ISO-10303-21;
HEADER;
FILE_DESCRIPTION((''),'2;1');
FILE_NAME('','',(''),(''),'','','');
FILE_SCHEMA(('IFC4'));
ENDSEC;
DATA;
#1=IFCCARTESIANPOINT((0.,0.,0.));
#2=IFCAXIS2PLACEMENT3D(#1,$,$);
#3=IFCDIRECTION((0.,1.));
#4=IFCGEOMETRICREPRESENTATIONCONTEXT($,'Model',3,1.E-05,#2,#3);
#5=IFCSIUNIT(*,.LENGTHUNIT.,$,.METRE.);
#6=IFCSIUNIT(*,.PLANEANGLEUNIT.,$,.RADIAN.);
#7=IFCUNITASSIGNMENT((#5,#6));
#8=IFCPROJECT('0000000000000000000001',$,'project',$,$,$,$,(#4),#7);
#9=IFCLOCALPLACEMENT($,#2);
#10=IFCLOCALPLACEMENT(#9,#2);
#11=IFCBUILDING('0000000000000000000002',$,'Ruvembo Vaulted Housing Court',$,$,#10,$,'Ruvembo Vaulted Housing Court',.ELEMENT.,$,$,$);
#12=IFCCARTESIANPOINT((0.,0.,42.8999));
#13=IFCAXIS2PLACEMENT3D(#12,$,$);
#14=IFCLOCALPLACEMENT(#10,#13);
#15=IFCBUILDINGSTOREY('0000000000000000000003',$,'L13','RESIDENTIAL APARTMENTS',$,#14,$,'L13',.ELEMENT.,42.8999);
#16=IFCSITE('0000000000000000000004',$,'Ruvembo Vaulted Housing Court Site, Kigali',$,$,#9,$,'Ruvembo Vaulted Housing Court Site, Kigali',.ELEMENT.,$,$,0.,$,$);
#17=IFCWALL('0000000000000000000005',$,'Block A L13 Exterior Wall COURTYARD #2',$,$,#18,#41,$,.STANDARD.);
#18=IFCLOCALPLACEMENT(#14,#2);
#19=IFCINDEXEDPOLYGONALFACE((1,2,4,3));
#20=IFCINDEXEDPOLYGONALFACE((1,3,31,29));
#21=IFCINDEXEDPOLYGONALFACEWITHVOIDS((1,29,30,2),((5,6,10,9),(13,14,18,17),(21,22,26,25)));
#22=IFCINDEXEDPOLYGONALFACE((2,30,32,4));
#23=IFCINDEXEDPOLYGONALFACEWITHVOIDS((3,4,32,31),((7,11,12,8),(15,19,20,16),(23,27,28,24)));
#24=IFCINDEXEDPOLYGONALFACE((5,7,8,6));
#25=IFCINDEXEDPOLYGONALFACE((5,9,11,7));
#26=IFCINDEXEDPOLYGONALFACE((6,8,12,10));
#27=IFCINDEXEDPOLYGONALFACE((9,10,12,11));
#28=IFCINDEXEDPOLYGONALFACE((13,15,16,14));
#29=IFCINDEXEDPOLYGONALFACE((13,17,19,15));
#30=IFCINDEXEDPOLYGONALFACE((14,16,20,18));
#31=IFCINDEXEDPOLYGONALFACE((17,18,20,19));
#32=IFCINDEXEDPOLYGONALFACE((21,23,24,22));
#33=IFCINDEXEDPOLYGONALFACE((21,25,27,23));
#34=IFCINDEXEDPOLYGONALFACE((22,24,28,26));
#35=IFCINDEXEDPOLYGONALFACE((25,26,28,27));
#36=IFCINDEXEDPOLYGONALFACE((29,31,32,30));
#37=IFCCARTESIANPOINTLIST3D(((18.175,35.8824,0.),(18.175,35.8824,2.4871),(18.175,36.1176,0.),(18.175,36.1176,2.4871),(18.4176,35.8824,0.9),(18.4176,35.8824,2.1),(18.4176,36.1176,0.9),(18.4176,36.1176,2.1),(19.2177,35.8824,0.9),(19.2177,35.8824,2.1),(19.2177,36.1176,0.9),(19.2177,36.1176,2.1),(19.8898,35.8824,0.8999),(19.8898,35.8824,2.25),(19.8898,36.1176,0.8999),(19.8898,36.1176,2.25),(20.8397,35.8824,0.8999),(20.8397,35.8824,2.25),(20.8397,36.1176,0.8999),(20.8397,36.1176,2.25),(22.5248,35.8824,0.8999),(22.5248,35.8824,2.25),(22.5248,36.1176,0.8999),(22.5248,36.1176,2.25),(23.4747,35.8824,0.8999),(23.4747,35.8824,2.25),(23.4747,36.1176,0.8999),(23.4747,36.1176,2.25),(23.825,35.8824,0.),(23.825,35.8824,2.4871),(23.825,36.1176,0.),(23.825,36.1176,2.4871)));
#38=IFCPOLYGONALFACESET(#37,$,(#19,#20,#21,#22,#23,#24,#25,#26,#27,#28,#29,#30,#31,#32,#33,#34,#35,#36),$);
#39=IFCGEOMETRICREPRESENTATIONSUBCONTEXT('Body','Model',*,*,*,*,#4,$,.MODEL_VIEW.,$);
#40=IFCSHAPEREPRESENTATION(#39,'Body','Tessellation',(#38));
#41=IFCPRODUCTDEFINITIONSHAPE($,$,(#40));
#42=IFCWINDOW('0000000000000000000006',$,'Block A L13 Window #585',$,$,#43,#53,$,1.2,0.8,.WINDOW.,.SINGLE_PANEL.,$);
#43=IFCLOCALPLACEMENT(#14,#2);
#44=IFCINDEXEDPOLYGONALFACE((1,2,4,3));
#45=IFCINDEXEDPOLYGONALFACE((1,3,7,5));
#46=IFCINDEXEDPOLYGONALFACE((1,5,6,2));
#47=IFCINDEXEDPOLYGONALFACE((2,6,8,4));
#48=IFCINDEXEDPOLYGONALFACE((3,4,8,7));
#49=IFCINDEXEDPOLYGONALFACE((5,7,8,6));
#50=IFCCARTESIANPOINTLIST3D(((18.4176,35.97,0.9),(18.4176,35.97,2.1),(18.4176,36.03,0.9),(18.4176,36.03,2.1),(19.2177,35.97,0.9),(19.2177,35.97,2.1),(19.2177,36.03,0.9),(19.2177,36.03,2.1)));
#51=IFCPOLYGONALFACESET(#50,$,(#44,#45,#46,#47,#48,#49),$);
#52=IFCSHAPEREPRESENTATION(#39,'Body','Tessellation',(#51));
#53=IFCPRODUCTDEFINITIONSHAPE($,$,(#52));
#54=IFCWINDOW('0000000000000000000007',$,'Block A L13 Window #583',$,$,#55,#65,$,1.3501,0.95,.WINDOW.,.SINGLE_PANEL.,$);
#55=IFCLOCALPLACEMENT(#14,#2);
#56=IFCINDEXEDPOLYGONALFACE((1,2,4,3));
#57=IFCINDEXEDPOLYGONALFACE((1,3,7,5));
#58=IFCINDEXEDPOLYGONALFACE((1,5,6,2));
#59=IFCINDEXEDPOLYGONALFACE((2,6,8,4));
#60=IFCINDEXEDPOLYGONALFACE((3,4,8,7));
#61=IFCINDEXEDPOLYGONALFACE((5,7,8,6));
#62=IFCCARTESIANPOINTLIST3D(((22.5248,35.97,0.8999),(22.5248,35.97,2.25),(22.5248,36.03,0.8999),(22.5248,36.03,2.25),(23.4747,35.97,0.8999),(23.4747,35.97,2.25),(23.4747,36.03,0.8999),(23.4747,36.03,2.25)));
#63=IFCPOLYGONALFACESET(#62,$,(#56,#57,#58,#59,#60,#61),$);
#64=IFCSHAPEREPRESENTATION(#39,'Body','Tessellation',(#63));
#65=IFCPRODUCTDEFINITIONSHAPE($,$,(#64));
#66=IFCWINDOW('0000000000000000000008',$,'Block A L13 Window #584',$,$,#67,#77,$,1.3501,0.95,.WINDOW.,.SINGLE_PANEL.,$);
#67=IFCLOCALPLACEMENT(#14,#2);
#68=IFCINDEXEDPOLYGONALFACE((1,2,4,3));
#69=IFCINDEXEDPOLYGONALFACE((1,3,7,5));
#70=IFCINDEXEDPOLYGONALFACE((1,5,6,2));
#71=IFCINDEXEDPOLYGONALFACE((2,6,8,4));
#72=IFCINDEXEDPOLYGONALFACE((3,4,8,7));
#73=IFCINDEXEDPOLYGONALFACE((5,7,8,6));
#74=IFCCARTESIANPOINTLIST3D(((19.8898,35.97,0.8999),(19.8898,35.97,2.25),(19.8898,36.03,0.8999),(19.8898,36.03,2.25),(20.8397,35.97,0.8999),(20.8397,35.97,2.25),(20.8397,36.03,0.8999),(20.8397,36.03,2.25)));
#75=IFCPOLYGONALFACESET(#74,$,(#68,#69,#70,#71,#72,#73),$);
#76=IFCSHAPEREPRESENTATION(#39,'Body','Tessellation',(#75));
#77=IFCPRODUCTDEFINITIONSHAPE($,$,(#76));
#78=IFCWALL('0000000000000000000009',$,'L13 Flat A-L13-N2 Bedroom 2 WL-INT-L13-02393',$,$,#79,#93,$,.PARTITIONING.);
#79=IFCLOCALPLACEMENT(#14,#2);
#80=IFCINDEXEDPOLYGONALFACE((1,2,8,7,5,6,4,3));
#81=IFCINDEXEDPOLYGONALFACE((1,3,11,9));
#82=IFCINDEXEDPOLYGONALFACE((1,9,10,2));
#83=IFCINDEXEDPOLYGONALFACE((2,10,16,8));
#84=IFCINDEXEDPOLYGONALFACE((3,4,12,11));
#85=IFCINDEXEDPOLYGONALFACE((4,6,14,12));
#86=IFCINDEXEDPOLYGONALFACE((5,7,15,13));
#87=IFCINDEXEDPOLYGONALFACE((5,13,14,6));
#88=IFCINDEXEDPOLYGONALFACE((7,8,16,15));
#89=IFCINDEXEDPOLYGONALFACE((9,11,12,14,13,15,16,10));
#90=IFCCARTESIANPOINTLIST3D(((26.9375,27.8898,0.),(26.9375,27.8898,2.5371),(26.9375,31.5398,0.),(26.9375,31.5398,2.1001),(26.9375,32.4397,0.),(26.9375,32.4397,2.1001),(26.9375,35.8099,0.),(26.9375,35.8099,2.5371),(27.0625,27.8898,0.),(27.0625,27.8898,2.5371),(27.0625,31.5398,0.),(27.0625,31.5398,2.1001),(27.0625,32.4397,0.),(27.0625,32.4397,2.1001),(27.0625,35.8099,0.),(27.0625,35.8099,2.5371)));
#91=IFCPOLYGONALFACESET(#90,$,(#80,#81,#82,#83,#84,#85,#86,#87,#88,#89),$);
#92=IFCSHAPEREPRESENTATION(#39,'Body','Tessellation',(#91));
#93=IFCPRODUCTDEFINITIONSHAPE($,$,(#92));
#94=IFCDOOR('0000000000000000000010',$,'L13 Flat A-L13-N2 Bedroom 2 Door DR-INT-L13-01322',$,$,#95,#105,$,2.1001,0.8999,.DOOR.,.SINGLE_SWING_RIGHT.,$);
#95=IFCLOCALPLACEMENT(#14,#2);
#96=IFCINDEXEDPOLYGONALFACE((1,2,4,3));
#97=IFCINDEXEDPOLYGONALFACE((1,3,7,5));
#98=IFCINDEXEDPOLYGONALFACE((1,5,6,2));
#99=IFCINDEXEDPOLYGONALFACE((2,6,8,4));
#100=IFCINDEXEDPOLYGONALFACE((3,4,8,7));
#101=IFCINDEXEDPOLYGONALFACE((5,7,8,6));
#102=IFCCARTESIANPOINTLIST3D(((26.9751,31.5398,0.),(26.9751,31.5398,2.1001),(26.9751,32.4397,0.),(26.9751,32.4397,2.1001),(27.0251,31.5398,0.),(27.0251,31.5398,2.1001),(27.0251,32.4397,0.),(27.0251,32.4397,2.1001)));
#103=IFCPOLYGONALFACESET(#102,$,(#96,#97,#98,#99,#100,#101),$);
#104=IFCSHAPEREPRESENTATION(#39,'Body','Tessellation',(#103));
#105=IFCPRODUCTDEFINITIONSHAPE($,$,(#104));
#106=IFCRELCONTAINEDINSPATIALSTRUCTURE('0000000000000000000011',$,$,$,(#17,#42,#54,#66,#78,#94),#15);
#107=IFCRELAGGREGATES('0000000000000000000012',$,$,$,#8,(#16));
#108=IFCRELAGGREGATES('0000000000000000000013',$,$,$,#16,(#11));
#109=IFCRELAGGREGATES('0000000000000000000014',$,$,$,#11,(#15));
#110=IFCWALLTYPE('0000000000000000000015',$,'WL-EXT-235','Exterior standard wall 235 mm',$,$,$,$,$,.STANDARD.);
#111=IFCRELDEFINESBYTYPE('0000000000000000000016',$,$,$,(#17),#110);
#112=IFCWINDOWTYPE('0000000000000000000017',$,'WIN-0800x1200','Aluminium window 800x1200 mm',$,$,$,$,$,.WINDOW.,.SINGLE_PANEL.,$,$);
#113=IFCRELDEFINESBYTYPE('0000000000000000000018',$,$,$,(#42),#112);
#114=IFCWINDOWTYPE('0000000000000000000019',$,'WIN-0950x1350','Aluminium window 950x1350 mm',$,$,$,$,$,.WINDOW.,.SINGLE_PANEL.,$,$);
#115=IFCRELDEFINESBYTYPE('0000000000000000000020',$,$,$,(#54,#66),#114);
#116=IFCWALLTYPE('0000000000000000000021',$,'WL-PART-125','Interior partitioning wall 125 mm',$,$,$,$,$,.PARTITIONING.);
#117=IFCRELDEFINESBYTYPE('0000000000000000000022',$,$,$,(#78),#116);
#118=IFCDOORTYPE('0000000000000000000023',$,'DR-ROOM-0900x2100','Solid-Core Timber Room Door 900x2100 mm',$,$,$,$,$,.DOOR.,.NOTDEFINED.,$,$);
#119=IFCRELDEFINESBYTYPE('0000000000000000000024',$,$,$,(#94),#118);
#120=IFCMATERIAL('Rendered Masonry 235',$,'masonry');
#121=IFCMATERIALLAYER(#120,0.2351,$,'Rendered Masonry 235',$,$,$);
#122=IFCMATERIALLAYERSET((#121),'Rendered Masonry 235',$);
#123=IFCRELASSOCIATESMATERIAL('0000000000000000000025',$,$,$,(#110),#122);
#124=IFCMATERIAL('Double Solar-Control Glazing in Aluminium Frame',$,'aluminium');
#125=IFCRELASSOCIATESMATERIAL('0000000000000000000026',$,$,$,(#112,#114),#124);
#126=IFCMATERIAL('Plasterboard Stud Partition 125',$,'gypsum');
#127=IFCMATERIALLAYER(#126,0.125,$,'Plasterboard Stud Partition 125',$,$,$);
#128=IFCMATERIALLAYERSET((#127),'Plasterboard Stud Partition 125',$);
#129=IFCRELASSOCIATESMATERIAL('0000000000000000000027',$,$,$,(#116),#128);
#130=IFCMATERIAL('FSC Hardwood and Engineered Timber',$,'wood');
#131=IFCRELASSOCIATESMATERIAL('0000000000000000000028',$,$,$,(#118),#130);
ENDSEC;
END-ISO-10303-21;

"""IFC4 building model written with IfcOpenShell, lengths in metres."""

from ifc_helpers import new_model, si_unit, direction, frame, frame_2d, origin, place, context, subcontext, project, spatial, rectangle, extrude, material, layer, layer_set, type_object, element, fill, save


model = new_model("IFC4")

# Units and contexts
model_context = context("Model", 3, precision=1e-05, world=origin(), true_north=direction((0.0, 1.0)))
body_context = subcontext(model_context, "Body", "Model", "MODEL_VIEW")
ifc_project = project(units=[si_unit("LENGTHUNIT", "METRE"), si_unit("PLANEANGLEUNIT", "RADIAN")], contexts=[model_context])

# Site, building, storey
site_placement = place(None, origin())
site = spatial("IfcSite", under=ifc_project, at=site_placement, Name="Ruvembo Vaulted Housing Court Site, Kigali", LongName="Ruvembo Vaulted Housing Court Site, Kigali", CompositionType="ELEMENT", RefElevation=0.0)
building_placement = place(site_placement, origin())
building = spatial("IfcBuilding", under=site, at=building_placement, Name="Ruvembo Vaulted Housing Court", LongName="Ruvembo Vaulted Housing Court", CompositionType="ELEMENT")
storey_placement = place(building_placement, frame((0.0, 0.0, 42.8999)))
storey = spatial("IfcBuildingStorey", under=building, at=storey_placement, Name="L13", Description="RESIDENTIAL APARTMENTS", LongName="L13", CompositionType="ELEMENT", Elevation=42.8999)

# Wall, openings, windows
ifc_material_1 = material(Name="Rendered Masonry 235", Category="masonry")
ifc_layer_1 = layer(ifc_material_1, 0.2351, Name="Rendered Masonry 235")
ifc_layer_set_1 = layer_set([ifc_layer_1], Name="Rendered Masonry 235")
wall_type_1 = type_object("IfcWallType", Name="WL-EXT-235", Description="Exterior standard wall 235 mm", PredefinedType="STANDARD", material=ifc_layer_set_1)
ifc_material_2 = material(Name="Double Solar-Control Glazing in Aluminium Frame", Category="aluminium")
wall_1_placement = place(storey_placement, frame((23.825, 36.0, 0.0), z_axis=(0.0, 0.0, 1.0), x_axis=(-1.0, 0.0, 0.0)))
wall_1 = element("IfcWall", 1, at=wall_1_placement, inside=storey, type_object=wall_type_1, Name="Block A L13 Exterior Wall COURTYARD #2", PredefinedType="STANDARD", context=body_context, shape_type="SweptSolid", body=[
    extrude(rectangle(XDim=5.6499, YDim=0.2351, at=frame_2d((2.825, 0.0))), origin(), (0.0, 0.0, 1.0), 2.4871),
])
opening_1_placement = place(wall_1_placement, frame((0.3501, 0.0, 0.8999)))
opening_1 = element("IfcOpeningElement", 2, at=opening_1_placement, cuts=wall_1, PredefinedType="OPENING", context=body_context, shape_type="SweptSolid", body=[
    extrude(rectangle(XDim=0.95, YDim=1.3501, at=frame_2d((0.4751, 0.675))), frame((0.0, 0.1274, 0.0), z_axis=(0.0, -1.0, 0.0), x_axis=(1.0, 0.0, 0.0)), (0.0, 0.0, 1.0), 0.2551),
])
opening_2_placement = place(wall_1_placement, frame((2.9851, 0.0, 0.8999)))
opening_2 = element("IfcOpeningElement", 3, at=opening_2_placement, cuts=wall_1, PredefinedType="OPENING", context=body_context, shape_type="SweptSolid", body=[
    extrude(rectangle(XDim=0.95, YDim=1.3501, at=frame_2d((0.4751, 0.675))), frame((0.0, 0.1274, 0.0), z_axis=(0.0, -1.0, 0.0), x_axis=(1.0, 0.0, 0.0)), (0.0, 0.0, 1.0), 0.2551),
])
opening_3_placement = place(wall_1_placement, frame((4.6074, 0.0, 0.8999)))
opening_3 = element("IfcOpeningElement", 4, at=opening_3_placement, cuts=wall_1, PredefinedType="OPENING", context=body_context, shape_type="SweptSolid", body=[
    extrude(rectangle(XDim=0.8, YDim=1.2, at=frame_2d((0.3999, 0.6001))), frame((0.0, 0.1274, 0.0), z_axis=(0.0, -1.0, 0.0), x_axis=(1.0, 0.0, 0.0)), (0.0, 0.0, 1.0), 0.2551),
])
window_type_1 = type_object("IfcWindowType", Name="WIN-0800x1200", Description="Aluminium window 800x1200 mm", PartitioningType="SINGLE_PANEL", PredefinedType="WINDOW", material=ifc_material_2)
window_1_placement = place(opening_3_placement, origin())
window_1 = element("IfcWindow", 5, at=window_1_placement, inside=storey, type_object=window_type_1, Name="Block A L13 Window #585", OverallHeight=1.2, OverallWidth=0.8, PartitioningType="SINGLE_PANEL", PredefinedType="WINDOW", context=body_context, shape_type="SweptSolid", body=[
    extrude(rectangle(XDim=0.8, YDim=1.2, at=frame_2d((0.3999, 0.6001))), frame((0.0, 0.03, 0.0), z_axis=(0.0, -1.0, 0.0), x_axis=(1.0, 0.0, 0.0)), (0.0, 0.0, 1.0), 0.0601),
])
fill(opening_3, window_1)
window_type_2 = type_object("IfcWindowType", Name="WIN-0950x1350", Description="Aluminium window 950x1350 mm", PartitioningType="SINGLE_PANEL", PredefinedType="WINDOW", material=ifc_material_2)
window_2_placement = place(opening_1_placement, origin())
window_2 = element("IfcWindow", 6, at=window_2_placement, inside=storey, type_object=window_type_2, Name="Block A L13 Window #583", OverallHeight=1.3501, OverallWidth=0.95, PartitioningType="SINGLE_PANEL", PredefinedType="WINDOW", context=body_context, shape_type="SweptSolid", body=[
    extrude(rectangle(XDim=0.95, YDim=1.3501, at=frame_2d((0.4751, 0.675))), frame((0.0, 0.03, 0.0), z_axis=(0.0, -1.0, 0.0), x_axis=(1.0, 0.0, 0.0)), (0.0, 0.0, 1.0), 0.0601),
])
fill(opening_1, window_2)
window_3_placement = place(opening_2_placement, origin())
window_3 = element("IfcWindow", 7, at=window_3_placement, inside=storey, type_object=window_type_2, Name="Block A L13 Window #584", OverallHeight=1.3501, OverallWidth=0.95, PartitioningType="SINGLE_PANEL", PredefinedType="WINDOW", context=body_context, shape_type="SweptSolid", body=[
    extrude(rectangle(XDim=0.95, YDim=1.3501, at=frame_2d((0.4751, 0.675))), frame((0.0, 0.03, 0.0), z_axis=(0.0, -1.0, 0.0), x_axis=(1.0, 0.0, 0.0)), (0.0, 0.0, 1.0), 0.0601),
])
fill(opening_2, window_3)

# Wall, opening, door
ifc_material_3 = material(Name="Plasterboard Stud Partition 125", Category="gypsum")
ifc_layer_2 = layer(ifc_material_3, 0.125, Name="Plasterboard Stud Partition 125")
ifc_layer_set_2 = layer_set([ifc_layer_2], Name="Plasterboard Stud Partition 125")
wall_type_2 = type_object("IfcWallType", Name="WL-PART-125", Description="Interior partitioning wall 125 mm", PredefinedType="PARTITIONING", material=ifc_layer_set_2)
wall_2_placement = place(storey_placement, frame((27.0, 27.8899, 0.0), z_axis=(0.0, 0.0, 1.0), x_axis=(0.0, 1.0, 0.0)))
wall_2 = element("IfcWall", 8, at=wall_2_placement, inside=storey, type_object=wall_type_2, Name="L13 Flat A-L13-N2 Bedroom 2 WL-INT-L13-02393", PredefinedType="PARTITIONING", context=body_context, shape_type="SweptSolid", body=[
    extrude(rectangle(XDim=7.9202, YDim=0.125, at=frame_2d((3.96, 0.0))), origin(), (0.0, 0.0, 1.0), 2.5371),
])
opening_4_placement = place(wall_2_placement, frame((3.6499, 0.0, 0.0)))
opening_4 = element("IfcOpeningElement", 9, at=opening_4_placement, cuts=wall_2, PredefinedType="OPENING", context=body_context, shape_type="SweptSolid", body=[
    extrude(rectangle(XDim=0.8999, YDim=2.1001, at=frame_2d((0.45, 1.05))), frame((0.0, 0.0725, 0.0), z_axis=(0.0, -1.0, 0.0), x_axis=(1.0, 0.0, 0.0)), (0.0, 0.0, 1.0), 0.145),
])
ifc_material_4 = material(Name="FSC Hardwood and Engineered Timber", Category="wood")
door_type = type_object("IfcDoorType", Name="DR-ROOM-0900x2100", Description="Solid-Core Timber Room Door 900x2100 mm", OperationType="NOTDEFINED", PredefinedType="DOOR", material=ifc_material_4)
door_placement = place(opening_4_placement, origin())
door = element("IfcDoor", 10, at=door_placement, inside=storey, type_object=door_type, Name="L13 Flat A-L13-N2 Bedroom 2 Door DR-INT-L13-01322", OperationType="SINGLE_SWING_RIGHT", OverallHeight=2.1001, OverallWidth=0.8999, PredefinedType="DOOR", context=body_context, shape_type="SweptSolid", body=[
    extrude(rectangle(XDim=0.8999, YDim=2.1001, at=frame_2d((0.45, 1.05))), frame((0.0, 0.0249, 0.0), z_axis=(0.0, -1.0, 0.0), x_axis=(1.0, 0.0, 0.0)), (0.0, 0.0, 1.0), 0.05),
])
fill(opening_4, door)

save(model, "model.ifc")
